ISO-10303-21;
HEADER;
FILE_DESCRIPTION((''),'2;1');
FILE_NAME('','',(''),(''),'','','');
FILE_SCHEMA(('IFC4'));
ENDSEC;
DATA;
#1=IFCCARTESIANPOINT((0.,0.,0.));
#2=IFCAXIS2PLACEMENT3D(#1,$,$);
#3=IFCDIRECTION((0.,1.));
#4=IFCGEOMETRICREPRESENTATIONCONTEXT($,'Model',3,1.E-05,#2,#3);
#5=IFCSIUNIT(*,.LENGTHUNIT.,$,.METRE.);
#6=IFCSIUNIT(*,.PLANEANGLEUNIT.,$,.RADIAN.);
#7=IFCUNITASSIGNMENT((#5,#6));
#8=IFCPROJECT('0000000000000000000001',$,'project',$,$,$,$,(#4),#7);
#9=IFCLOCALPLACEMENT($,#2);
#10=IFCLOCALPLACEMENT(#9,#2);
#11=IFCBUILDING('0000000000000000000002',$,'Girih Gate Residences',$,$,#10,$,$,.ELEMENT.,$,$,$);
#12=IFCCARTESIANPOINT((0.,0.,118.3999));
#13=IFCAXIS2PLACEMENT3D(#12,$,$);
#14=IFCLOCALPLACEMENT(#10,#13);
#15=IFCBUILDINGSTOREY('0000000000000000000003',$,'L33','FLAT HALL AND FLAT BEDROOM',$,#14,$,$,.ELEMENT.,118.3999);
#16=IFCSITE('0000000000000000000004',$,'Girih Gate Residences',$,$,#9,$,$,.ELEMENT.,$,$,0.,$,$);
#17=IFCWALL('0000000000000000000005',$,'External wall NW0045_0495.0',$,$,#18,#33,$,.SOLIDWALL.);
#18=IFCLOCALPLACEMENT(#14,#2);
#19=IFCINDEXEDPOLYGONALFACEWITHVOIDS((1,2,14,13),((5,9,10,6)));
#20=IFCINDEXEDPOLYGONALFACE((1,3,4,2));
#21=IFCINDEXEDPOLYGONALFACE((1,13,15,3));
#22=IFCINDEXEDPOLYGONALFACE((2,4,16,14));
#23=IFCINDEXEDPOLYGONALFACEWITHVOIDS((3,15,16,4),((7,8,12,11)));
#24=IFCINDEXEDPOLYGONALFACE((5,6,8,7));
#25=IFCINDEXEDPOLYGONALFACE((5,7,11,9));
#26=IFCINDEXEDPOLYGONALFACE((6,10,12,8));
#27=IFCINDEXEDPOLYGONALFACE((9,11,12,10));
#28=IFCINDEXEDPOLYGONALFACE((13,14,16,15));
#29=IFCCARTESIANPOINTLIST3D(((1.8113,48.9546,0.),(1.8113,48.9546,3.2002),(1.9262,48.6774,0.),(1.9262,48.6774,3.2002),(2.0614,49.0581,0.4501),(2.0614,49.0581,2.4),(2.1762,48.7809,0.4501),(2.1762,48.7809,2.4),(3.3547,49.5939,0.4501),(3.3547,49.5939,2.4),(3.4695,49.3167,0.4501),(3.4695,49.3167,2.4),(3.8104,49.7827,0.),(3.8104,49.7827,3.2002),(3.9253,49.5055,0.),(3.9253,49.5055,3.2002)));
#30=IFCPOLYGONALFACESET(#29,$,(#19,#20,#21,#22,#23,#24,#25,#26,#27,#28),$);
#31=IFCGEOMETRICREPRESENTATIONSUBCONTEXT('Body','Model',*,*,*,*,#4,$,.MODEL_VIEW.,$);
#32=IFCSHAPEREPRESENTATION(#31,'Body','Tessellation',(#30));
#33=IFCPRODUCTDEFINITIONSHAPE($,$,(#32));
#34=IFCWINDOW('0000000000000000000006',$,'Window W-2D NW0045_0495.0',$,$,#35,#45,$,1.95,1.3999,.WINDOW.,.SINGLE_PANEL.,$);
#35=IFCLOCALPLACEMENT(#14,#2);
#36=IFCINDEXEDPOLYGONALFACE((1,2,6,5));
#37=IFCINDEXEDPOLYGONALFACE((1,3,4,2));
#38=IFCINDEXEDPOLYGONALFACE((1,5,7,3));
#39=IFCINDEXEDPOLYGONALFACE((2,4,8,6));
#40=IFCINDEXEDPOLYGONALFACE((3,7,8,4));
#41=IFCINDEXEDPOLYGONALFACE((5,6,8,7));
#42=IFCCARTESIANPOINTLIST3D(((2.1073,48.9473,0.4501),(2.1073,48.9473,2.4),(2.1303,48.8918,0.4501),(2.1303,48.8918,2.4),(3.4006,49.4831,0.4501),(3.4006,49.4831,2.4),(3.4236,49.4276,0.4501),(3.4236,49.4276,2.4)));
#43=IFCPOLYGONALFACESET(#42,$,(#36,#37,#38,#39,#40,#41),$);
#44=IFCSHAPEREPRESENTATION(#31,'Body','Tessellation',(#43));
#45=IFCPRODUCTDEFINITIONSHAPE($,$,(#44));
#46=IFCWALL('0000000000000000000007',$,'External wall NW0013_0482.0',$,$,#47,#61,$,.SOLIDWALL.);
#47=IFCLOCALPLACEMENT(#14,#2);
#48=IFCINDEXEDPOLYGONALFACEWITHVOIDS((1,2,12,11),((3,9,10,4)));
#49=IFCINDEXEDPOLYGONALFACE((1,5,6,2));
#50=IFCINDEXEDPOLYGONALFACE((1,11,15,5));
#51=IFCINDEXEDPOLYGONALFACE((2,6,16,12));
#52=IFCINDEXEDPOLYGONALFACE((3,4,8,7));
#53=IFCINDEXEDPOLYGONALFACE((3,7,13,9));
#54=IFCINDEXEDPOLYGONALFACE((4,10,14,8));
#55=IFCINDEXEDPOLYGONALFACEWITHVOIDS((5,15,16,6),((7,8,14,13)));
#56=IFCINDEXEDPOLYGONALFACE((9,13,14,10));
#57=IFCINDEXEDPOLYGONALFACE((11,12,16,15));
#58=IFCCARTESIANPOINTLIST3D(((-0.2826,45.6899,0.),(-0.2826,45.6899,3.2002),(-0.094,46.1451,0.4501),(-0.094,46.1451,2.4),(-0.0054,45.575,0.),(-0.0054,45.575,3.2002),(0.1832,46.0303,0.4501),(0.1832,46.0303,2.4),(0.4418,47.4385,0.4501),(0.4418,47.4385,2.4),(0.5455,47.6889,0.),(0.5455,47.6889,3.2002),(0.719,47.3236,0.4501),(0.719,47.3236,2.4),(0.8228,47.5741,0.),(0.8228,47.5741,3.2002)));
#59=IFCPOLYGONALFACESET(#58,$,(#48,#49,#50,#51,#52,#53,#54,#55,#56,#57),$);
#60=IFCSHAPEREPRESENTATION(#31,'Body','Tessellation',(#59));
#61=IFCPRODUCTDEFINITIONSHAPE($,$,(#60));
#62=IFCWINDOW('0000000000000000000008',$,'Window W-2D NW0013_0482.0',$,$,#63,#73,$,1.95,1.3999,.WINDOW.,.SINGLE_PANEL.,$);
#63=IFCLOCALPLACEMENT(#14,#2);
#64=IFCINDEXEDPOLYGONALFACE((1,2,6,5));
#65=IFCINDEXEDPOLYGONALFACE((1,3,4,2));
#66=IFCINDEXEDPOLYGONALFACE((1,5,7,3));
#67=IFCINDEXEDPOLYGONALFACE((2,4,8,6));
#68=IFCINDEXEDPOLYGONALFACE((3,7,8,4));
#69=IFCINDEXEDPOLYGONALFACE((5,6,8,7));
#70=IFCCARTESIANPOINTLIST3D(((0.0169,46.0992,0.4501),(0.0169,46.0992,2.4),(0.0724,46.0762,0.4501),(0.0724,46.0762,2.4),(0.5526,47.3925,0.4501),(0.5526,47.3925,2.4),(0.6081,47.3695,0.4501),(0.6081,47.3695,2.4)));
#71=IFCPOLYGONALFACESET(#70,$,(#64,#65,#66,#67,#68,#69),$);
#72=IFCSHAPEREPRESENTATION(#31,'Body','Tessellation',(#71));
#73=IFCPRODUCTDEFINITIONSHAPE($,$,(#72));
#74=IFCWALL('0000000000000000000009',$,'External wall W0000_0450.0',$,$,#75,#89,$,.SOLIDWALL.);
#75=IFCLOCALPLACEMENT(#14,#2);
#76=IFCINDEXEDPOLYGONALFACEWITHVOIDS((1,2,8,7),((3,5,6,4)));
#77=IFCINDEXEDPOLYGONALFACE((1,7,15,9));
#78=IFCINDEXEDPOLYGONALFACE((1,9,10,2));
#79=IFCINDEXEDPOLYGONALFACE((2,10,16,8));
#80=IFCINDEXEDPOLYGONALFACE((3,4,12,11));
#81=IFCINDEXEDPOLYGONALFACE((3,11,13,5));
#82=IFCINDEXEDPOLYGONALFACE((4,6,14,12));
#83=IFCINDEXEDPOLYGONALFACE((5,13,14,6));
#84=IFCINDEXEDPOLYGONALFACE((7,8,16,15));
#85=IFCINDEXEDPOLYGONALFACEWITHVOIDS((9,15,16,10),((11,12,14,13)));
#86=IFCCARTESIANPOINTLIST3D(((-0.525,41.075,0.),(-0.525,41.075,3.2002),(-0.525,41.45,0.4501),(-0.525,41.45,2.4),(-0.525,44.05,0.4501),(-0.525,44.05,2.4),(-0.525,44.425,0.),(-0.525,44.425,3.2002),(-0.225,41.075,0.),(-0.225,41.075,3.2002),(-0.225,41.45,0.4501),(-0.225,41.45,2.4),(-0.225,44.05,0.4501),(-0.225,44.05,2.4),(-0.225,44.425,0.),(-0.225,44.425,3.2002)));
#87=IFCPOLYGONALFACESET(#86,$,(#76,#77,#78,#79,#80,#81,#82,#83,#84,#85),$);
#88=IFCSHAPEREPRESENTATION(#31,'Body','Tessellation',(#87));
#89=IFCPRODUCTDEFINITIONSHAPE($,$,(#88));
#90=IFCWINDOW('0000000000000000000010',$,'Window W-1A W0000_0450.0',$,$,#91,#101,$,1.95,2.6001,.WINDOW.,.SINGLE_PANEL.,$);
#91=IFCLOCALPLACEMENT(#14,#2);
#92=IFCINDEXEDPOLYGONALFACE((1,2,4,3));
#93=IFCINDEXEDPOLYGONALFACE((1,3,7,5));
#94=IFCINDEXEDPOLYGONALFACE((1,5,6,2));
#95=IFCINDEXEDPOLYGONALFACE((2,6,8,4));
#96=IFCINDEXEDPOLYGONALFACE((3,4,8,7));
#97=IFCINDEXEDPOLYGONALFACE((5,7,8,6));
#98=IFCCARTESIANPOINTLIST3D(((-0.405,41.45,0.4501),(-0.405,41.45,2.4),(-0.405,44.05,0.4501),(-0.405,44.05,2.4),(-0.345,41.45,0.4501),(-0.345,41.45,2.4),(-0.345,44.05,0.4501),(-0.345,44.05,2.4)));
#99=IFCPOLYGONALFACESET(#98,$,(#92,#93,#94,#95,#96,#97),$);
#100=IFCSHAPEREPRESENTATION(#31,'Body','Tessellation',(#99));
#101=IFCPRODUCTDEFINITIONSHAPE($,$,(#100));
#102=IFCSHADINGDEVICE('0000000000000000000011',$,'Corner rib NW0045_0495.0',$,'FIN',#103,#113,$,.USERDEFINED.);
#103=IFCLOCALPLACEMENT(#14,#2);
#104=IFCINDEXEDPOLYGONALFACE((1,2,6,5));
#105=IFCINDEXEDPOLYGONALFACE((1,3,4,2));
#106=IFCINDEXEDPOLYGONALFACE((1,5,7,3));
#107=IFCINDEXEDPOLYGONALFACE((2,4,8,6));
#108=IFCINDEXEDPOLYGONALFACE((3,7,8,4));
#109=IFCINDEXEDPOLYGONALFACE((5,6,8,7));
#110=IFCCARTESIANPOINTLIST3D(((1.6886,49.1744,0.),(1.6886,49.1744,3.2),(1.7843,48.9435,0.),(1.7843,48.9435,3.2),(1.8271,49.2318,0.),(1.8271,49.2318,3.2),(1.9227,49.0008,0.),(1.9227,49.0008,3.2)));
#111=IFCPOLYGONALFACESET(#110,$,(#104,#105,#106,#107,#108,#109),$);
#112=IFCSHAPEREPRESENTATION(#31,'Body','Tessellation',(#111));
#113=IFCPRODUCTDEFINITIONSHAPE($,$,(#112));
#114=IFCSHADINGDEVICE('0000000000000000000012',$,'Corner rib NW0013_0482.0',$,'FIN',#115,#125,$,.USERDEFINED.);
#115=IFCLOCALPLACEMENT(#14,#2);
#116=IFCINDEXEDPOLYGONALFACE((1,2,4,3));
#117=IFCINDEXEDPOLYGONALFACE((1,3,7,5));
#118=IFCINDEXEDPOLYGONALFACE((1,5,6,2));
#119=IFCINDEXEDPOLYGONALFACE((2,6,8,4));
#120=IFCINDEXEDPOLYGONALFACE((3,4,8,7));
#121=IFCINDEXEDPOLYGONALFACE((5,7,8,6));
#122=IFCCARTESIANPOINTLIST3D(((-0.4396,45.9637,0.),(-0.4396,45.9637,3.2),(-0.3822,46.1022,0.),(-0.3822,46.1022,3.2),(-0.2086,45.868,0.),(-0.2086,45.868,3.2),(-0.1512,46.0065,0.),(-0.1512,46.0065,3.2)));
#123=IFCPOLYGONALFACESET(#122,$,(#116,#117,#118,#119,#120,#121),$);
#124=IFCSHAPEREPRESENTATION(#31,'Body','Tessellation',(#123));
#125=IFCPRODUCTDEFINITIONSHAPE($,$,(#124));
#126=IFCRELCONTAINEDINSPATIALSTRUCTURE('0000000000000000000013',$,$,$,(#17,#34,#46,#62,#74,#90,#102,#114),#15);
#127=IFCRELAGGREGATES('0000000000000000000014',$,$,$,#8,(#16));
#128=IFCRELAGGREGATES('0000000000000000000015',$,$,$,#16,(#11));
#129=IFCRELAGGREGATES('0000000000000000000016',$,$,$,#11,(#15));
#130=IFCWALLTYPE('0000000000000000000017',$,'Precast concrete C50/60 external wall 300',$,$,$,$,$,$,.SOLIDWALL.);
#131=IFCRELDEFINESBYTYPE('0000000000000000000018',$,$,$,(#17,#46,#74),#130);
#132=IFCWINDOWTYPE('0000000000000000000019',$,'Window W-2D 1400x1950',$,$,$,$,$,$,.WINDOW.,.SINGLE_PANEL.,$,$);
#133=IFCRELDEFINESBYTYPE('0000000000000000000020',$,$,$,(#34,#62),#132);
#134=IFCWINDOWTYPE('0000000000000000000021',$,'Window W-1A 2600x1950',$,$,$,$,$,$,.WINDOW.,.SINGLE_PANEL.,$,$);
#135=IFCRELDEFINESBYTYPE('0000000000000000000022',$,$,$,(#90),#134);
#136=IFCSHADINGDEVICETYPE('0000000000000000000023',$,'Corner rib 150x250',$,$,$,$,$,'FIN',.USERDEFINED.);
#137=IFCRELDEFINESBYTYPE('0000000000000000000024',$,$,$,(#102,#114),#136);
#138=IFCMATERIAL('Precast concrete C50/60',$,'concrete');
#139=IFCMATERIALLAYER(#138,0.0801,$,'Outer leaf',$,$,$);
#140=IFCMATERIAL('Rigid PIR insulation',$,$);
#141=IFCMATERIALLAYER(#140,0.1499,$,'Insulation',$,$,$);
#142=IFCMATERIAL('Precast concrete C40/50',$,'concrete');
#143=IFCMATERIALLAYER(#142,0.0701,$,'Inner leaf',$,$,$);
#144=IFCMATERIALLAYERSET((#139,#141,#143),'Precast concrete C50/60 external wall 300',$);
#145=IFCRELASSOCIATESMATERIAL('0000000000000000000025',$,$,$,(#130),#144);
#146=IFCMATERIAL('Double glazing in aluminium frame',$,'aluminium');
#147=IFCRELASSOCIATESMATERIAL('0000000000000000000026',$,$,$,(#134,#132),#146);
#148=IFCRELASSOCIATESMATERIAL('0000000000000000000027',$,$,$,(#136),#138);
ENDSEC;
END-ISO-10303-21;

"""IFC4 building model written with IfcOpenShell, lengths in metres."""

from ifc_helpers import new_model, si_unit, direction, frame, frame_2d, origin, origin_2d, place, context, subcontext, project, spatial, rectangle, extrude, material, layer, layer_set, type_object, element, fill, save


model = new_model("IFC4")

# Units and contexts
model_context = context("Model", 3, precision=1e-05, world=origin(), true_north=direction((0.0, 1.0)))
body_context = subcontext(model_context, "Body", "Model", "MODEL_VIEW")
ifc_project = project(units=[si_unit("LENGTHUNIT", "METRE"), si_unit("PLANEANGLEUNIT", "RADIAN")], contexts=[model_context])

# Site, building, storey
site_placement = place(None, origin())
site = spatial("IfcSite", under=ifc_project, at=site_placement, Name="Girih Gate Residences", CompositionType="ELEMENT", RefElevation=0.0)
building_placement = place(site_placement, origin())
building = spatial("IfcBuilding", under=site, at=building_placement, Name="Girih Gate Residences", CompositionType="ELEMENT")
storey_placement = place(building_placement, frame((0.0, 0.0, 118.3999)))
storey = spatial("IfcBuildingStorey", under=building, at=storey_placement, Name="L33", Description="FLAT HALL AND FLAT BEDROOM", CompositionType="ELEMENT", Elevation=118.3999)

# Walls, openings, windows
ifc_material_1 = material(Name="Precast concrete C50/60", Category="concrete")
ifc_layer_1 = layer(ifc_material_1, 0.0801, Name="Outer leaf")
ifc_material_2 = material(Name="Rigid PIR insulation")
ifc_layer_2 = layer(ifc_material_2, 0.1499, Name="Insulation")
ifc_material_3 = material(Name="Precast concrete C40/50", Category="concrete")
ifc_layer_3 = layer(ifc_material_3, 0.0701, Name="Inner leaf")
ifc_layer_set_1 = layer_set([ifc_layer_1, ifc_layer_2, ifc_layer_3], Name="Precast concrete C50/60 external wall 300")
wall_type_1 = type_object("IfcWallType", Name="Precast concrete C50/60 external wall 300", PredefinedType="SOLIDWALL", material=ifc_layer_set_1)
ifc_material_4 = material(Name="Double glazing in aluminium frame", Category="aluminium")
window_type_1 = type_object("IfcWindowType", Name="Window W-1A 2600x1950", PartitioningType="SINGLE_PANEL", PredefinedType="WINDOW", material=ifc_material_4)
wall_1_placement = place(storey_placement, frame((1.8687, 48.8159, 0.0), z_axis=(0.0, 0.0, 1.0), x_axis=(0.923863, 0.382724, 0.0)))
wall_1 = element("IfcWall", 1, at=wall_1_placement, inside=storey, type_object=wall_type_1, Name="External wall NW0045_0495.0", PredefinedType="SOLIDWALL", context=body_context, shape_type="SweptSolid", body=[
    extrude(rectangle(XDim=2.1638, YDim=0.3, at=frame_2d((1.082, 0.0))), origin(), (0.0, 0.0, 1.0), 3.2002),
])
opening_1_placement = place(wall_1_placement, frame((0.2708, 0.0, 0.45)))
opening_1 = element("IfcOpeningElement", 2, at=opening_1_placement, cuts=wall_1, PredefinedType="OPENING", context=body_context, shape_type="SweptSolid", body=[
    extrude(rectangle(XDim=1.3999, YDim=1.95, at=frame_2d((0.7, 0.9751))), frame((0.0, 0.1599, 0.0), z_axis=(0.0, -1.0, 0.0), x_axis=(1.0, 0.0, 0.0)), (0.0, 0.0, 1.0), 0.3201),
])
window_type_2 = type_object("IfcWindowType", Name="Window W-2D 1400x1950", PartitioningType="SINGLE_PANEL", PredefinedType="WINDOW", material=ifc_material_4)
window_1_placement = place(opening_1_placement, origin())
window_1 = element("IfcWindow", 3, at=window_1_placement, inside=storey, type_object=window_type_2, Name="Window W-2D NW0045_0495.0", OverallHeight=1.95, OverallWidth=1.3999, PartitioningType="SINGLE_PANEL", PredefinedType="WINDOW", context=body_context, shape_type="SweptSolid", body=[
    extrude(rectangle(XDim=1.3999, YDim=1.95, at=frame_2d((0.7, 0.9751))), frame((0.0, 0.03, 0.0), z_axis=(0.0, -1.0, 0.0), x_axis=(1.0, 0.0, 0.0)), (0.0, 0.0, 1.0), 0.0601),
])
fill(opening_1, window_1)
wall_2_placement = place(storey_placement, frame((-0.144, 45.6323, 0.0), z_axis=(0.0, 0.0, 1.0), x_axis=(0.382724, 0.923863, 0.0)))
wall_2 = element("IfcWall", 4, at=wall_2_placement, inside=storey, type_object=wall_type_1, Name="External wall NW0013_0482.0", PredefinedType="SOLIDWALL", context=body_context, shape_type="SweptSolid", body=[
    extrude(rectangle(XDim=2.1638, YDim=0.3, at=frame_2d((1.082, 0.0))), origin(), (0.0, 0.0, 1.0), 3.2002),
])
opening_2_placement = place(wall_2_placement, frame((0.4929, 0.0, 0.45)))
opening_2 = element("IfcOpeningElement", 5, at=opening_2_placement, cuts=wall_2, PredefinedType="OPENING", context=body_context, shape_type="SweptSolid", body=[
    extrude(rectangle(XDim=1.3999, YDim=1.95, at=frame_2d((0.7, 0.9751))), frame((0.0, 0.1599, 0.0), z_axis=(0.0, -1.0, 0.0), x_axis=(1.0, 0.0, 0.0)), (0.0, 0.0, 1.0), 0.3201),
])
window_2_placement = place(opening_2_placement, origin())
window_2 = element("IfcWindow", 6, at=window_2_placement, inside=storey, type_object=window_type_2, Name="Window W-2D NW0013_0482.0", OverallHeight=1.95, OverallWidth=1.3999, PartitioningType="SINGLE_PANEL", PredefinedType="WINDOW", context=body_context, shape_type="SweptSolid", body=[
    extrude(rectangle(XDim=1.3999, YDim=1.95, at=frame_2d((0.7, 0.9751))), frame((0.0, 0.03, 0.0), z_axis=(0.0, -1.0, 0.0), x_axis=(1.0, 0.0, 0.0)), (0.0, 0.0, 1.0), 0.0601),
])
fill(opening_2, window_2)
wall_3_placement = place(storey_placement, frame((-0.375, 41.075, 0.0), z_axis=(0.0, 0.0, 1.0), x_axis=(0.0, 1.0, 0.0)))
wall_3 = element("IfcWall", 7, at=wall_3_placement, inside=storey, type_object=wall_type_1, Name="External wall W0000_0450.0", PredefinedType="SOLIDWALL", context=body_context, shape_type="SweptSolid", body=[
    extrude(rectangle(XDim=3.3501, YDim=0.3, at=frame_2d((1.675, 0.0))), origin(), (0.0, 0.0, 1.0), 3.2002),
])
opening_3_placement = place(wall_3_placement, frame((0.375, 0.0, 0.45)))
opening_3 = element("IfcOpeningElement", 8, at=opening_3_placement, cuts=wall_3, PredefinedType="OPENING", context=body_context, shape_type="SweptSolid", body=[
    extrude(rectangle(XDim=2.6001, YDim=1.95, at=frame_2d((1.3, 0.9751))), frame((0.0, 0.1599, 0.0), z_axis=(0.0, -1.0, 0.0), x_axis=(1.0, 0.0, 0.0)), (0.0, 0.0, 1.0), 0.3201),
])
window_3_placement = place(opening_3_placement, origin())
window_3 = element("IfcWindow", 9, at=window_3_placement, inside=storey, type_object=window_type_1, Name="Window W-1A W0000_0450.0", OverallHeight=1.95, OverallWidth=2.6001, PartitioningType="SINGLE_PANEL", PredefinedType="WINDOW", context=body_context, shape_type="SweptSolid", body=[
    extrude(rectangle(XDim=2.6001, YDim=1.95, at=frame_2d((1.3, 0.9751))), frame((0.0, 0.03, 0.0), z_axis=(0.0, -1.0, 0.0), x_axis=(1.0, 0.0, 0.0)), (0.0, 0.0, 1.0), 0.0601),
])
fill(opening_3, window_3)

# Shading devices
shading_device_type = type_object("IfcShadingDeviceType", Name="Corner rib 150x250", ElementType="FIN", PredefinedType="USERDEFINED", material=ifc_material_1)
for number, where, z_axis, x_axis, name in (
    (10, (1.8057, 49.0876, 0.0), (0.0, 0.0, 1.0), (-0.92388, -0.382683, 0.0), "Corner rib NW0045_0495.0"),
    (11, (-0.2954, 45.9851, 0.0), (0.0, 0.0, 1.0), (-0.382683, -0.92388, 0.0), "Corner rib NW0013_0482.0"),
):
    element("IfcShadingDevice", number, at=place(storey_placement, frame(where, z_axis=z_axis, x_axis=x_axis)), inside=storey, type_object=shading_device_type, Name=name, ObjectType="FIN", PredefinedType="USERDEFINED", context=body_context, shape_type="SweptSolid", body=[
        extrude(rectangle(XDim=0.1499, YDim=0.25, at=origin_2d()), origin(), (0.0, 0.0, 1.0), 3.2),
    ])

save(model, "model.ifc")
